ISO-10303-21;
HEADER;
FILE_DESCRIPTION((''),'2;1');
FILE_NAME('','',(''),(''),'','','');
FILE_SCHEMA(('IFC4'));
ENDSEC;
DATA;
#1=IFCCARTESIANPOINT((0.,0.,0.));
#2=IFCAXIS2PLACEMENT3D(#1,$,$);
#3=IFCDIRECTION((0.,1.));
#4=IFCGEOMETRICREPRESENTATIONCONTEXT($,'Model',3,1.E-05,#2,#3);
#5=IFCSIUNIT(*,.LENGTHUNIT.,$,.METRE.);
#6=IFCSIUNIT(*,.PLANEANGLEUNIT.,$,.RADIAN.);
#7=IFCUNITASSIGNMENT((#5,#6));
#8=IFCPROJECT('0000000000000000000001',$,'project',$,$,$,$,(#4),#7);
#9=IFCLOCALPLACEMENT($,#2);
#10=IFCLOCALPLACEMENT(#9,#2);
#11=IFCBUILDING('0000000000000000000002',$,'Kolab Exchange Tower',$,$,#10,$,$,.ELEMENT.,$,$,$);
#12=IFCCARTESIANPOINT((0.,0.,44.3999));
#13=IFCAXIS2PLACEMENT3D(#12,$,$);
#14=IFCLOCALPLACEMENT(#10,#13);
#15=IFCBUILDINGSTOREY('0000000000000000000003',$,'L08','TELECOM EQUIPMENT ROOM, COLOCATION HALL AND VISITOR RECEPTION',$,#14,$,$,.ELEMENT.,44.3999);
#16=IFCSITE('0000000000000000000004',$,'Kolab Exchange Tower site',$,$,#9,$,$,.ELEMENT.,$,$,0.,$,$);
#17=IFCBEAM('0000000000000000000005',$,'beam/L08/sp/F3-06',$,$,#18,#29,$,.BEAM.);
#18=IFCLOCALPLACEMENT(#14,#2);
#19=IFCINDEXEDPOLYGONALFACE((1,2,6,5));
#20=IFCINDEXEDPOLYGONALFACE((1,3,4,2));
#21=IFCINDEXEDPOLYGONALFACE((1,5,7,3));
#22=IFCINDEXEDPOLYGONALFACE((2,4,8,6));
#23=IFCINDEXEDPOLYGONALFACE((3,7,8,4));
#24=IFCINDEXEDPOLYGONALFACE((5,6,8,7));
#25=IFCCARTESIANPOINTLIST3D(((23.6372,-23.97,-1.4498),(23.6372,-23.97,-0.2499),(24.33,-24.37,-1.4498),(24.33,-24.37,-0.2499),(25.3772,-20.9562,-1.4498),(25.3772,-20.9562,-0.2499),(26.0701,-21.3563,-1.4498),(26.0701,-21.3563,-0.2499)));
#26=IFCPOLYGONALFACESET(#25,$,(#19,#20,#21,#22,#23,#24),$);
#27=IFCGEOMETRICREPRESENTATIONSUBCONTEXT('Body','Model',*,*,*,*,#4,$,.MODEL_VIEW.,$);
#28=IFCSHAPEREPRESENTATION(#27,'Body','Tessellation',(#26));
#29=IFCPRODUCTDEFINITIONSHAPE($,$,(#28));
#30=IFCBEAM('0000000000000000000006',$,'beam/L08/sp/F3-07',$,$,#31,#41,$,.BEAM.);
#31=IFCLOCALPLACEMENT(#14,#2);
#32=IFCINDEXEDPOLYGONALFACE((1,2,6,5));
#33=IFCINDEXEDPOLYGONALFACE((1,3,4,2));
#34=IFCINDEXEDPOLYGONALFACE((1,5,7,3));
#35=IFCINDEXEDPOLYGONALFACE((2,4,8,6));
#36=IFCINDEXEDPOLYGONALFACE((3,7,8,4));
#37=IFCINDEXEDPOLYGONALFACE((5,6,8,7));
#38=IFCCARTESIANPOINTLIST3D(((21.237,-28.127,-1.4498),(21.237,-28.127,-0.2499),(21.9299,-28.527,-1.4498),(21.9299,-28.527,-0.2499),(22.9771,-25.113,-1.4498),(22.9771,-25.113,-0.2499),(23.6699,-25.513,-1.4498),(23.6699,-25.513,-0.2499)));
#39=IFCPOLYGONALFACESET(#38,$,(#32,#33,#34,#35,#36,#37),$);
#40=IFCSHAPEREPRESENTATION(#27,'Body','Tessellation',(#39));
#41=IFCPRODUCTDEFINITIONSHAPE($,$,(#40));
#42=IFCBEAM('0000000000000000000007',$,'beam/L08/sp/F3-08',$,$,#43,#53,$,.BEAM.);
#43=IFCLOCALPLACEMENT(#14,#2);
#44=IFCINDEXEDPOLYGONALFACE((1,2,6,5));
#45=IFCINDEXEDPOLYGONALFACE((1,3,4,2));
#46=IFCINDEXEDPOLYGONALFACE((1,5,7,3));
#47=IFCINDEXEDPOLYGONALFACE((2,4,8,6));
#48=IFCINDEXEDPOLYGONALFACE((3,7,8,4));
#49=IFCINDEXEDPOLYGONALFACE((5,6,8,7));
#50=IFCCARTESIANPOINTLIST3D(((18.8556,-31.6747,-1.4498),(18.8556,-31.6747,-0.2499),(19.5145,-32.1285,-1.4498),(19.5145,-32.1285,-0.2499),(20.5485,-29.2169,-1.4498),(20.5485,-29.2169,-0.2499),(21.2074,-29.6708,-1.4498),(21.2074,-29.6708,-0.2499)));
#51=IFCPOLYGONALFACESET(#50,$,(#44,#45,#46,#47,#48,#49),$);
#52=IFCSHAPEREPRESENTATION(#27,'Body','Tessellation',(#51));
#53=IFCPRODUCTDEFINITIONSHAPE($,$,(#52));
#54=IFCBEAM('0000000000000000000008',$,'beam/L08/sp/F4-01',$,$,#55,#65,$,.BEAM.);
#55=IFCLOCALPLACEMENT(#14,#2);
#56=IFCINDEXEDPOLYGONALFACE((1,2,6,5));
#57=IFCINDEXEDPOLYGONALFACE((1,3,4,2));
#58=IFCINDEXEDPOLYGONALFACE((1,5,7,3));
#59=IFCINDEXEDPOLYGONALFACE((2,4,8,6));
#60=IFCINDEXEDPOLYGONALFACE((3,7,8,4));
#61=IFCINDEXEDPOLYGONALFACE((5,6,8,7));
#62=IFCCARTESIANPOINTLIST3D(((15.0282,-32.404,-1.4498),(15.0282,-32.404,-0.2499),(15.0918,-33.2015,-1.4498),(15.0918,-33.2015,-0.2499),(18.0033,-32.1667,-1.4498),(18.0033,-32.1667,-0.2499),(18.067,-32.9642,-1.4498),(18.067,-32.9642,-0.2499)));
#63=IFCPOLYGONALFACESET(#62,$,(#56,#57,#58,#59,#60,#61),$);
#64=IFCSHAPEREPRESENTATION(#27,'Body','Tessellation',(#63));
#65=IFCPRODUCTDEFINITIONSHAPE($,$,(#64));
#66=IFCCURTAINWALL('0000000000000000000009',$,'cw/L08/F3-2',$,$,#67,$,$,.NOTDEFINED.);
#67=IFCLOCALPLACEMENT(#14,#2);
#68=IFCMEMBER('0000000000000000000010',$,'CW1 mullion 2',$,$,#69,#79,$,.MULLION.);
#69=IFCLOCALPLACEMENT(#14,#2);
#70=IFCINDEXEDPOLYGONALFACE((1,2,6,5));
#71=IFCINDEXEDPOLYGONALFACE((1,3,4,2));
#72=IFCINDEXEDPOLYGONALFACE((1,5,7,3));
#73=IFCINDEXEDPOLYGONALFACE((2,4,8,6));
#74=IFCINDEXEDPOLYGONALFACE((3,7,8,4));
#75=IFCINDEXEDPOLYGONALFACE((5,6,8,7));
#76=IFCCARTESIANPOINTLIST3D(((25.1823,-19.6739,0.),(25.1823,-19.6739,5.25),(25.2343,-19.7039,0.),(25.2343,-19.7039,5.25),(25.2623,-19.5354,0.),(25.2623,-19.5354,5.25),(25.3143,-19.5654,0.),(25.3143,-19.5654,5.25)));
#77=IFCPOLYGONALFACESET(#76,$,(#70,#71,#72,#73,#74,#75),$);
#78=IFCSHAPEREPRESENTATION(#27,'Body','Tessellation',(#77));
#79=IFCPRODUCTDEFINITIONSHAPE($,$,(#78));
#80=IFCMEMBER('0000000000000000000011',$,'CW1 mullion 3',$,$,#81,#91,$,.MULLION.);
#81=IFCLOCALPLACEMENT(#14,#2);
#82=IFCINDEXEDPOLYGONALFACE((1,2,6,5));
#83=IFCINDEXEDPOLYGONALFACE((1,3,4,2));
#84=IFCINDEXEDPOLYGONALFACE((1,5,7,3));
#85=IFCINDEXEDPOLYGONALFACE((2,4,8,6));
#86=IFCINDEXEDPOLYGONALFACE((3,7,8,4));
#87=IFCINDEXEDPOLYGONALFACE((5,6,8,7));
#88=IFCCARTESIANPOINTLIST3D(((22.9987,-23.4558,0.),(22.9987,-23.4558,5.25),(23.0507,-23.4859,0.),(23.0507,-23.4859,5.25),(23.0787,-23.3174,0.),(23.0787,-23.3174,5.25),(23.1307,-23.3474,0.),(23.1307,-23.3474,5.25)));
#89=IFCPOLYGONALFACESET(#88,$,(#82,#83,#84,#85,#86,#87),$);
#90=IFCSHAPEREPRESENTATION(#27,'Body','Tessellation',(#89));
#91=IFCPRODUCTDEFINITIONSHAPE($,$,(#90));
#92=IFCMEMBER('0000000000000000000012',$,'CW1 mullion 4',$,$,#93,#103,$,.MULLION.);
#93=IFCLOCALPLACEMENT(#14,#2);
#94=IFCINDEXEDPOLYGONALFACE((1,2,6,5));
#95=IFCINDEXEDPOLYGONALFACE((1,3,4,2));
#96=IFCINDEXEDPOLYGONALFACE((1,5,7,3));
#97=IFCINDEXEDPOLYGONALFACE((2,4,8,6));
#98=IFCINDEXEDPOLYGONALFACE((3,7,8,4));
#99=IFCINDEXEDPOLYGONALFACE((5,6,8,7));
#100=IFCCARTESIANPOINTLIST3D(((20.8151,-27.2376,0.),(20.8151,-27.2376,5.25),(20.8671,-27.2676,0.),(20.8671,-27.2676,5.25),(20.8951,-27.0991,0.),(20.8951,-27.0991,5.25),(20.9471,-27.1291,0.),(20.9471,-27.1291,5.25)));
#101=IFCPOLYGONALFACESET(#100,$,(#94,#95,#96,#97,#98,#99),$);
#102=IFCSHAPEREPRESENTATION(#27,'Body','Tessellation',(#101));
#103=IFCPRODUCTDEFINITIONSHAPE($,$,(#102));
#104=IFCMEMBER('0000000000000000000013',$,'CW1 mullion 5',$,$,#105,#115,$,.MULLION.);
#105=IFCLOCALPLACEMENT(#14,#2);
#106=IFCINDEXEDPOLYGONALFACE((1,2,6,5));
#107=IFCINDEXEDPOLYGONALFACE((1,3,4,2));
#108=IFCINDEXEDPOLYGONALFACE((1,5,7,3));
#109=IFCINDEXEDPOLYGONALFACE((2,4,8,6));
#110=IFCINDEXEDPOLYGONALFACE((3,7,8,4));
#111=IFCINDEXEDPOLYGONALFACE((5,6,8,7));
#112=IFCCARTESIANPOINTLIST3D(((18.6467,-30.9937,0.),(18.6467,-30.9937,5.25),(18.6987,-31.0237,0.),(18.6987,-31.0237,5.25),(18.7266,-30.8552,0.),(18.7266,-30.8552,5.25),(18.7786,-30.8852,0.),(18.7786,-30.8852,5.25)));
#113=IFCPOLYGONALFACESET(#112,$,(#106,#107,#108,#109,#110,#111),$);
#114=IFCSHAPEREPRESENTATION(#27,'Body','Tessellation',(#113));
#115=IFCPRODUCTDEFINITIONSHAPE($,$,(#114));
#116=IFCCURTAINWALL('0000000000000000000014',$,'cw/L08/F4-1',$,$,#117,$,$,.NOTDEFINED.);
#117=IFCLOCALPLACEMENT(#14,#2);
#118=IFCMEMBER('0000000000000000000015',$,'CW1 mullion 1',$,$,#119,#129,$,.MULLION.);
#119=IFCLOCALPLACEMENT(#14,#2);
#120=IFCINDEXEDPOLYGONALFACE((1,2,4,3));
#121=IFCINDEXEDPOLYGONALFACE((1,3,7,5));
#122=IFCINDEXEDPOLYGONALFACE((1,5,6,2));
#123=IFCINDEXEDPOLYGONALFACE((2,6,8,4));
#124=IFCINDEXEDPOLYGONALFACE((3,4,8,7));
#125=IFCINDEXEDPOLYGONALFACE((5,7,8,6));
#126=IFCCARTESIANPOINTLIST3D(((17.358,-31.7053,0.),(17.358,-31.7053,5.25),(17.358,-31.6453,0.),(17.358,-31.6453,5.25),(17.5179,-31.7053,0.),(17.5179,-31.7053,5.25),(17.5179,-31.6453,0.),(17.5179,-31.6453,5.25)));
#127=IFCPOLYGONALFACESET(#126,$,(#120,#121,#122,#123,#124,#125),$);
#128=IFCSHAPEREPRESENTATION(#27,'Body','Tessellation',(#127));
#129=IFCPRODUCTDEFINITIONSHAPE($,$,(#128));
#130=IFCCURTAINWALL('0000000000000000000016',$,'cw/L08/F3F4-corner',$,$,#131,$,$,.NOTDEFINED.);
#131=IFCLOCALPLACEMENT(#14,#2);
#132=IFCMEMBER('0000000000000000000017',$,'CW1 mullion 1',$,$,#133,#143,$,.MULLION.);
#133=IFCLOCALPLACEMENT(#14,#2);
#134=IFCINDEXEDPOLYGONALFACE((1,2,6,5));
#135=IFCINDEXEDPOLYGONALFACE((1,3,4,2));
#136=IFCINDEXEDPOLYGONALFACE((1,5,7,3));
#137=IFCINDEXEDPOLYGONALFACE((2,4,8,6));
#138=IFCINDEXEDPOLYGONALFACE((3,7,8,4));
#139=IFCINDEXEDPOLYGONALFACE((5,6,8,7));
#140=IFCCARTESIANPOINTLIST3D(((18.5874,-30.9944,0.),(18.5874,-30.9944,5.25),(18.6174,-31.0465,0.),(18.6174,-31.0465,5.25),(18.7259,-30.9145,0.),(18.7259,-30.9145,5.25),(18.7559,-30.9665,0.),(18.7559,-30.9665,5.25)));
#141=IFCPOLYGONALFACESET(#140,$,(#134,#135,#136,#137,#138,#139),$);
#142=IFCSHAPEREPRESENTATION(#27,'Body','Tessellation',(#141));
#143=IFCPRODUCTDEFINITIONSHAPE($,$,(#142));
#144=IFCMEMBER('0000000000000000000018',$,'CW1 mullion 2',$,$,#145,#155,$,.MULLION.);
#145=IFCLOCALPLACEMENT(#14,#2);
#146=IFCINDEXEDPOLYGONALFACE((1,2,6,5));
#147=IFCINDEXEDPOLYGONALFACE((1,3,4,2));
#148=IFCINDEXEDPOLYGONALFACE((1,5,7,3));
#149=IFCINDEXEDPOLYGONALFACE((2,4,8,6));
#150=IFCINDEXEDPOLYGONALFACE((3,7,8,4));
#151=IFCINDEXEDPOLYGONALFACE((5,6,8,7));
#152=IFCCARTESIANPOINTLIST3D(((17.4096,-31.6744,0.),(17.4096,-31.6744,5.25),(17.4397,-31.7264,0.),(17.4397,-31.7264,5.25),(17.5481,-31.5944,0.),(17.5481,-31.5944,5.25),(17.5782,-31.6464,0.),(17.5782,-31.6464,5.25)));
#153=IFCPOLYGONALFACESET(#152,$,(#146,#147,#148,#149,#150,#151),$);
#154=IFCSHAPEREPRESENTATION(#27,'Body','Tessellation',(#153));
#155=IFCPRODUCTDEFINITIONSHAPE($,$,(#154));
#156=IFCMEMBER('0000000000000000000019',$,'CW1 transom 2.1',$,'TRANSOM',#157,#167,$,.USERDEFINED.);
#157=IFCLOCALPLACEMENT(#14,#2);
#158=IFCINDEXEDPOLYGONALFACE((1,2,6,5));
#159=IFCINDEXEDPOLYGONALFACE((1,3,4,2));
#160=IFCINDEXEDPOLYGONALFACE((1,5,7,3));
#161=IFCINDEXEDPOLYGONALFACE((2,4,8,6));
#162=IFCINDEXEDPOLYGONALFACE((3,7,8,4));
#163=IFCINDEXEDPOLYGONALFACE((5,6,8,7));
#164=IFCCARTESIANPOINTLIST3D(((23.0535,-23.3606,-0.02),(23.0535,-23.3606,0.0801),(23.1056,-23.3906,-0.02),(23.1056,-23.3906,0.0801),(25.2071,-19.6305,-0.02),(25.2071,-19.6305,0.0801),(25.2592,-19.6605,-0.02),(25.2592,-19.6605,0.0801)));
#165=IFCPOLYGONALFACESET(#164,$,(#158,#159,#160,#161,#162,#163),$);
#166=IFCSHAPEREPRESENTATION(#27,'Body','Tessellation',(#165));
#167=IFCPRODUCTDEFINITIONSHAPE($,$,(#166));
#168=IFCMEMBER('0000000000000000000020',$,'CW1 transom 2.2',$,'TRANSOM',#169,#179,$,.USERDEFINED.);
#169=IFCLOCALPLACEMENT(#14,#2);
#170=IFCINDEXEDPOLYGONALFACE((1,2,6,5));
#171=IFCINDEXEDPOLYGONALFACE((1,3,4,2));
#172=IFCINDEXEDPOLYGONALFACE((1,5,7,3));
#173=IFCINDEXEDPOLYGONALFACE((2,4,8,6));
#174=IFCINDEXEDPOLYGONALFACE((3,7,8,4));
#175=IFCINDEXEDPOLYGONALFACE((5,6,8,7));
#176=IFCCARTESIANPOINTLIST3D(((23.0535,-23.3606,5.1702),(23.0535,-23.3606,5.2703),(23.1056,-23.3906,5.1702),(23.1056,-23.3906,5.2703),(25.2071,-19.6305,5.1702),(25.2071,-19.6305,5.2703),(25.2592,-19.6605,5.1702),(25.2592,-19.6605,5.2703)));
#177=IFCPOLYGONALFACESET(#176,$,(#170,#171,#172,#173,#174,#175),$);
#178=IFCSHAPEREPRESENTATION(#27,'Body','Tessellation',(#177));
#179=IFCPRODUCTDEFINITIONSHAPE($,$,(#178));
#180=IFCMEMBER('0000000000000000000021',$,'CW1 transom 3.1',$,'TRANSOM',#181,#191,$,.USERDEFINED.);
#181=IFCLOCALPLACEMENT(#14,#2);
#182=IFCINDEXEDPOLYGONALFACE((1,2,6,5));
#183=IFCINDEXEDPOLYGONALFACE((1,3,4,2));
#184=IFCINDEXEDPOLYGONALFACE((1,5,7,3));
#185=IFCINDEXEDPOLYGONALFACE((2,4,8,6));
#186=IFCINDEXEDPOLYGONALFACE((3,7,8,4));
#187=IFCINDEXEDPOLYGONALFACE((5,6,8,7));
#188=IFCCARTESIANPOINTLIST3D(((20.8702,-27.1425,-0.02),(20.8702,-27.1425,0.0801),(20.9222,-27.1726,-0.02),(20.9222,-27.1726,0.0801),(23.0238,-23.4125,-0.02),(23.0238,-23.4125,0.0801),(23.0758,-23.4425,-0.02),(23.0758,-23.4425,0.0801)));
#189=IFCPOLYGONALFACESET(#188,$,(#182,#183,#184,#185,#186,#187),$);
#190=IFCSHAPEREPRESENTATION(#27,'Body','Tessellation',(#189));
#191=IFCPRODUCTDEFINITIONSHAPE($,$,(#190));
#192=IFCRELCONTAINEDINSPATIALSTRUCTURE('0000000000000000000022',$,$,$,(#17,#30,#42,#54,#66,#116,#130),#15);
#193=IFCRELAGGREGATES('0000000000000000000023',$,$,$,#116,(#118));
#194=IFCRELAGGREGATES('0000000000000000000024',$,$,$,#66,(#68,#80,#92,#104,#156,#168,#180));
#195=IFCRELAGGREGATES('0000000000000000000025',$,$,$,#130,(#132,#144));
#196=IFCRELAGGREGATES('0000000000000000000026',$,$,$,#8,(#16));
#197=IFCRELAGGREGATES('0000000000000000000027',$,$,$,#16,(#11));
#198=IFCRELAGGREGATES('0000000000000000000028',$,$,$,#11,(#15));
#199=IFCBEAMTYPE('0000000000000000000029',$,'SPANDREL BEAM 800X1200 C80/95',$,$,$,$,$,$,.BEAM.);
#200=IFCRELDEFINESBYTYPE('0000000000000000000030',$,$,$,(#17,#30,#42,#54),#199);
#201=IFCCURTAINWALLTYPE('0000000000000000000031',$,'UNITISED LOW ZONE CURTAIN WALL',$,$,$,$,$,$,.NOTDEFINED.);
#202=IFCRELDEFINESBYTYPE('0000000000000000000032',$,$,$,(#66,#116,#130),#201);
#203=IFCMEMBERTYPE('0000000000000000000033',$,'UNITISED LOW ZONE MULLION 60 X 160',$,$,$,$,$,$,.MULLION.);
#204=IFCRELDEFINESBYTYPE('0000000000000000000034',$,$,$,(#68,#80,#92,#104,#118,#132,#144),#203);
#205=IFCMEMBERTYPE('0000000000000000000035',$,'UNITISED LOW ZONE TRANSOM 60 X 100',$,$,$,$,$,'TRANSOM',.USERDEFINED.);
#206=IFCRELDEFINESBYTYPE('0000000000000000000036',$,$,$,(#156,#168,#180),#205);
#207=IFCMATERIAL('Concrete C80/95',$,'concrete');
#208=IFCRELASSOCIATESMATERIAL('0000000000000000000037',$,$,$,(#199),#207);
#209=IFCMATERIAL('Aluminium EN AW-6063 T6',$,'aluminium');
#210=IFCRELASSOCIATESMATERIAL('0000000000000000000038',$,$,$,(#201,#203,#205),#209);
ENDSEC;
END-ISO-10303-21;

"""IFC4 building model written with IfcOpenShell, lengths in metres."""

from ifc_helpers import new_model, si_unit, direction, frame, origin, origin_2d, place, context, subcontext, project, spatial, rectangle, extrude, material, material_profile, profile_set, type_object, element, aggregate, save


model = new_model("IFC4")

# Units and contexts
model_context = context("Model", 3, precision=1e-05, world=origin(), true_north=direction((0.0, 1.0)))
body_context = subcontext(model_context, "Body", "Model", "MODEL_VIEW")
ifc_project = project(units=[si_unit("LENGTHUNIT", "METRE"), si_unit("PLANEANGLEUNIT", "RADIAN")], contexts=[model_context])

# Site, building, storey
site_placement = place(None, origin())
site = spatial("IfcSite", under=ifc_project, at=site_placement, Name="Kolab Exchange Tower site", CompositionType="ELEMENT", RefElevation=0.0)
building_placement = place(site_placement, origin())
building = spatial("IfcBuilding", under=site, at=building_placement, Name="Kolab Exchange Tower", CompositionType="ELEMENT")
storey_placement = place(building_placement, frame((0.0, 0.0, 44.3999)))
storey = spatial("IfcBuildingStorey", under=building, at=storey_placement, Name="L08", Description="TELECOM EQUIPMENT ROOM, COLOCATION HALL AND VISITOR RECEPTION", CompositionType="ELEMENT", Elevation=44.3999)

# Shared definitions
ifc_material_1 = material(Name="Concrete C80/95", Category="concrete")

# Beams
ifc_material_profile_1 = material_profile(ifc_material_1, rectangle(XDim=0.8, YDim=1.2, at=origin_2d()), Name="RC800X1200")
ifc_profile_set_1 = profile_set([ifc_material_profile_1], Name="Concrete C80/95")
beam_type_1 = type_object("IfcBeamType", Name="SPANDREL BEAM 800X1200 C80/95", PredefinedType="BEAM", material=ifc_profile_set_1)
beam_1_placement = place(storey_placement, frame((25.7236, -21.1562, -0.8499), z_axis=(-0.50001, -0.86602, 0.0), x_axis=(0.86602, -0.50001, 0.0)))
element("IfcBeam", 1, at=beam_1_placement, inside=storey, type_object=beam_type_1, Name="beam/L08/sp/F3-06", PredefinedType="BEAM", context=body_context, shape_type="SweptSolid", body=[
    extrude(rectangle(XDim=0.8, YDim=1.2, at=origin_2d()), origin(), (0.0, 0.0, 1.0), 3.48),
])
beam_2_placement = place(storey_placement, frame((23.3235, -25.313, -0.8499), z_axis=(-0.49998, -0.866037, 0.0), x_axis=(0.866037, -0.49998, 0.0)))
element("IfcBeam", 2, at=beam_2_placement, inside=storey, type_object=beam_type_1, Name="beam/L08/sp/F3-07", PredefinedType="BEAM", context=body_context, shape_type="SweptSolid", body=[
    extrude(rectangle(XDim=0.8, YDim=1.2, at=origin_2d()), origin(), (0.0, 0.0, 1.0), 3.4802),
])
beam_3_placement = place(storey_placement, frame((20.8779, -29.4438, -0.8499), z_axis=(-0.567247, -0.823548, 0.0), x_axis=(0.823548, -0.567247, 0.0)))
element("IfcBeam", 3, at=beam_3_placement, inside=storey, type_object=beam_type_1, Name="beam/L08/sp/F3-08", PredefinedType="BEAM", context=body_context, shape_type="SweptSolid", body=[
    extrude(rectangle(XDim=0.8, YDim=1.2, at=origin_2d()), origin(), (0.0, 0.0, 1.0), 2.9844),
])
beam_4_placement = place(storey_placement, frame((18.0352, -32.5654, -0.8499), z_axis=(-0.996834, -0.079511, 0.0), x_axis=(0.079511, -0.996834, 0.0)))
element("IfcBeam", 4, at=beam_4_placement, inside=storey, type_object=beam_type_1, Name="beam/L08/sp/F4-01", PredefinedType="BEAM", context=body_context, shape_type="SweptSolid", body=[
    extrude(rectangle(XDim=0.8, YDim=1.2, at=origin_2d()), origin(), (0.0, 0.0, 1.0), 2.9846),
])

# Curtain wall, members
ifc_material_2 = material(Name="Aluminium EN AW-6063 T6", Category="aluminium")
curtain_wall_type = type_object("IfcCurtainWallType", Name="UNITISED LOW ZONE CURTAIN WALL", PredefinedType="NOTDEFINED", material=ifc_material_2)
curtain_wall_1_placement = place(storey_placement, origin())
curtain_wall_1 = element("IfcCurtainWall", 5, at=curtain_wall_1_placement, inside=storey, type_object=curtain_wall_type, Name="cw/L08/F3-2", PredefinedType="NOTDEFINED")
ifc_material_profile_2 = material_profile(ifc_material_2, rectangle(XDim=0.0601, YDim=0.1599, at=origin_2d()), Name="RECT 60X160")
ifc_profile_set_2 = profile_set([ifc_material_profile_2], Name="Aluminium EN AW-6063 T6")
member_type_1 = type_object("IfcMemberType", Name="UNITISED LOW ZONE MULLION 60 X 160", PredefinedType="MULLION", material=ifc_profile_set_2)
member_1_placement = place(storey_placement, frame((25.2483, -19.6196, 0.0), z_axis=(0.0, 0.0, 1.0), x_axis=(0.866025, -0.5, 0.0)))
member_1 = element("IfcMember", 6, at=member_1_placement, type_object=member_type_1, Name="CW1 mullion 2", PredefinedType="MULLION", context=body_context, shape_type="SweptSolid", body=[
    extrude(rectangle(XDim=0.0601, YDim=0.1599, at=origin_2d()), origin(), (0.0, 0.0, 1.0), 5.25),
])
member_2_placement = place(storey_placement, frame((23.0647, -23.4016, 0.0), z_axis=(0.0, 0.0, 1.0), x_axis=(0.866025, -0.5, 0.0)))
member_2 = element("IfcMember", 7, at=member_2_placement, type_object=member_type_1, Name="CW1 mullion 3", PredefinedType="MULLION", context=body_context, shape_type="SweptSolid", body=[
    extrude(rectangle(XDim=0.0601, YDim=0.1599, at=origin_2d()), origin(), (0.0, 0.0, 1.0), 5.25),
])
member_3_placement = place(storey_placement, frame((20.8811, -27.1833, 0.0), z_axis=(0.0, 0.0, 1.0), x_axis=(0.866025, -0.5, 0.0)))
member_3 = element("IfcMember", 8, at=member_3_placement, type_object=member_type_1, Name="CW1 mullion 4", PredefinedType="MULLION", context=body_context, shape_type="SweptSolid", body=[
    extrude(rectangle(XDim=0.0601, YDim=0.1599, at=origin_2d()), origin(), (0.0, 0.0, 1.0), 5.25),
])
member_4_placement = place(storey_placement, frame((18.7126, -30.9395, 0.0), z_axis=(0.0, 0.0, 1.0), x_axis=(0.866025, -0.5, 0.0)))
member_4 = element("IfcMember", 9, at=member_4_placement, type_object=member_type_1, Name="CW1 mullion 5", PredefinedType="MULLION", context=body_context, shape_type="SweptSolid", body=[
    extrude(rectangle(XDim=0.0601, YDim=0.1599, at=origin_2d()), origin(), (0.0, 0.0, 1.0), 5.25),
])

# Curtain wall, member
curtain_wall_2_placement = place(storey_placement, origin())
curtain_wall_2 = element("IfcCurtainWall", 10, at=curtain_wall_2_placement, inside=storey, type_object=curtain_wall_type, Name="cw/L08/F4-1", PredefinedType="NOTDEFINED")
member_5_placement = place(storey_placement, frame((17.438, -31.6753, 0.0), z_axis=(0.0, 0.0, 1.0), x_axis=(0.0, -1.0, 0.0)))
member_5 = element("IfcMember", 11, at=member_5_placement, type_object=member_type_1, Name="CW1 mullion 1", PredefinedType="MULLION", context=body_context, shape_type="SweptSolid", body=[
    extrude(rectangle(XDim=0.0601, YDim=0.1599, at=origin_2d()), origin(), (0.0, 0.0, 1.0), 5.25),
])

# Curtain wall, members
curtain_wall_3_placement = place(storey_placement, origin())
curtain_wall_3 = element("IfcCurtainWall", 12, at=curtain_wall_3_placement, inside=storey, type_object=curtain_wall_type, Name="cw/L08/F3F4-corner", PredefinedType="NOTDEFINED")
member_6_placement = place(storey_placement, frame((18.6716, -30.9805, 0.0), z_axis=(0.0, 0.0, 1.0), x_axis=(0.5, -0.866025, 0.0)))
member_6 = element("IfcMember", 13, at=member_6_placement, type_object=member_type_1, Name="CW1 mullion 1", PredefinedType="MULLION", context=body_context, shape_type="SweptSolid", body=[
    extrude(rectangle(XDim=0.0601, YDim=0.1599, at=origin_2d()), origin(), (0.0, 0.0, 1.0), 5.25),
])
member_7_placement = place(storey_placement, frame((17.4939, -31.6604, 0.0), z_axis=(0.0, 0.0, 1.0), x_axis=(0.5, -0.866025, 0.0)))
member_7 = element("IfcMember", 14, at=member_7_placement, type_object=member_type_1, Name="CW1 mullion 2", PredefinedType="MULLION", context=body_context, shape_type="SweptSolid", body=[
    extrude(rectangle(XDim=0.0601, YDim=0.1599, at=origin_2d()), origin(), (0.0, 0.0, 1.0), 5.25),
])

# Members
ifc_material_profile_3 = material_profile(ifc_material_2, rectangle(XDim=0.0601, YDim=0.1001, at=origin_2d()), Name="RECT 60X100")
ifc_profile_set_3 = profile_set([ifc_material_profile_3], Name="Aluminium EN AW-6063 T6")
member_type_2 = type_object("IfcMemberType", Name="UNITISED LOW ZONE TRANSOM 60 X 100", ElementType="TRANSOM", PredefinedType="USERDEFINED", material=ifc_profile_set_3)
member_8_placement = place(storey_placement, frame((25.2332, -19.6455, 0.03), z_axis=(-0.50001, -0.866019, 0.0), x_axis=(0.866019, -0.50001, 0.0)))
member_8 = element("IfcMember", 15, at=member_8_placement, type_object=member_type_2, Name="CW1 transom 2.1", ObjectType="TRANSOM", PredefinedType="USERDEFINED", context=body_context, shape_type="SweptSolid", body=[
    extrude(rectangle(XDim=0.0601, YDim=0.1001, at=origin_2d()), origin(), (0.0, 0.0, 1.0), 4.3071),
])
member_9_placement = place(storey_placement, frame((25.2332, -19.6455, 5.2202), z_axis=(-0.50001, -0.866019, 0.0), x_axis=(0.866019, -0.50001, 0.0)))
member_9 = element("IfcMember", 16, at=member_9_placement, type_object=member_type_2, Name="CW1 transom 2.2", ObjectType="TRANSOM", PredefinedType="USERDEFINED", context=body_context, shape_type="SweptSolid", body=[
    extrude(rectangle(XDim=0.0601, YDim=0.1001, at=origin_2d()), origin(), (0.0, 0.0, 1.0), 4.3071),
])
member_10_placement = place(storey_placement, frame((23.0498, -23.4275, 0.03), z_axis=(-0.50001, -0.866019, 0.0), x_axis=(0.866019, -0.50001, 0.0)))
member_10 = element("IfcMember", 17, at=member_10_placement, type_object=member_type_2, Name="CW1 transom 3.1", ObjectType="TRANSOM", PredefinedType="USERDEFINED", context=body_context, shape_type="SweptSolid", body=[
    extrude(rectangle(XDim=0.0601, YDim=0.1001, at=origin_2d()), origin(), (0.0, 0.0, 1.0), 4.3071),
])
aggregate(curtain_wall_2, [member_5])

aggregate(curtain_wall_1, [member_1, member_2, member_3, member_4, member_8, member_9, member_10])
aggregate(curtain_wall_3, [member_6, member_7])

save(model, "model.ifc")
